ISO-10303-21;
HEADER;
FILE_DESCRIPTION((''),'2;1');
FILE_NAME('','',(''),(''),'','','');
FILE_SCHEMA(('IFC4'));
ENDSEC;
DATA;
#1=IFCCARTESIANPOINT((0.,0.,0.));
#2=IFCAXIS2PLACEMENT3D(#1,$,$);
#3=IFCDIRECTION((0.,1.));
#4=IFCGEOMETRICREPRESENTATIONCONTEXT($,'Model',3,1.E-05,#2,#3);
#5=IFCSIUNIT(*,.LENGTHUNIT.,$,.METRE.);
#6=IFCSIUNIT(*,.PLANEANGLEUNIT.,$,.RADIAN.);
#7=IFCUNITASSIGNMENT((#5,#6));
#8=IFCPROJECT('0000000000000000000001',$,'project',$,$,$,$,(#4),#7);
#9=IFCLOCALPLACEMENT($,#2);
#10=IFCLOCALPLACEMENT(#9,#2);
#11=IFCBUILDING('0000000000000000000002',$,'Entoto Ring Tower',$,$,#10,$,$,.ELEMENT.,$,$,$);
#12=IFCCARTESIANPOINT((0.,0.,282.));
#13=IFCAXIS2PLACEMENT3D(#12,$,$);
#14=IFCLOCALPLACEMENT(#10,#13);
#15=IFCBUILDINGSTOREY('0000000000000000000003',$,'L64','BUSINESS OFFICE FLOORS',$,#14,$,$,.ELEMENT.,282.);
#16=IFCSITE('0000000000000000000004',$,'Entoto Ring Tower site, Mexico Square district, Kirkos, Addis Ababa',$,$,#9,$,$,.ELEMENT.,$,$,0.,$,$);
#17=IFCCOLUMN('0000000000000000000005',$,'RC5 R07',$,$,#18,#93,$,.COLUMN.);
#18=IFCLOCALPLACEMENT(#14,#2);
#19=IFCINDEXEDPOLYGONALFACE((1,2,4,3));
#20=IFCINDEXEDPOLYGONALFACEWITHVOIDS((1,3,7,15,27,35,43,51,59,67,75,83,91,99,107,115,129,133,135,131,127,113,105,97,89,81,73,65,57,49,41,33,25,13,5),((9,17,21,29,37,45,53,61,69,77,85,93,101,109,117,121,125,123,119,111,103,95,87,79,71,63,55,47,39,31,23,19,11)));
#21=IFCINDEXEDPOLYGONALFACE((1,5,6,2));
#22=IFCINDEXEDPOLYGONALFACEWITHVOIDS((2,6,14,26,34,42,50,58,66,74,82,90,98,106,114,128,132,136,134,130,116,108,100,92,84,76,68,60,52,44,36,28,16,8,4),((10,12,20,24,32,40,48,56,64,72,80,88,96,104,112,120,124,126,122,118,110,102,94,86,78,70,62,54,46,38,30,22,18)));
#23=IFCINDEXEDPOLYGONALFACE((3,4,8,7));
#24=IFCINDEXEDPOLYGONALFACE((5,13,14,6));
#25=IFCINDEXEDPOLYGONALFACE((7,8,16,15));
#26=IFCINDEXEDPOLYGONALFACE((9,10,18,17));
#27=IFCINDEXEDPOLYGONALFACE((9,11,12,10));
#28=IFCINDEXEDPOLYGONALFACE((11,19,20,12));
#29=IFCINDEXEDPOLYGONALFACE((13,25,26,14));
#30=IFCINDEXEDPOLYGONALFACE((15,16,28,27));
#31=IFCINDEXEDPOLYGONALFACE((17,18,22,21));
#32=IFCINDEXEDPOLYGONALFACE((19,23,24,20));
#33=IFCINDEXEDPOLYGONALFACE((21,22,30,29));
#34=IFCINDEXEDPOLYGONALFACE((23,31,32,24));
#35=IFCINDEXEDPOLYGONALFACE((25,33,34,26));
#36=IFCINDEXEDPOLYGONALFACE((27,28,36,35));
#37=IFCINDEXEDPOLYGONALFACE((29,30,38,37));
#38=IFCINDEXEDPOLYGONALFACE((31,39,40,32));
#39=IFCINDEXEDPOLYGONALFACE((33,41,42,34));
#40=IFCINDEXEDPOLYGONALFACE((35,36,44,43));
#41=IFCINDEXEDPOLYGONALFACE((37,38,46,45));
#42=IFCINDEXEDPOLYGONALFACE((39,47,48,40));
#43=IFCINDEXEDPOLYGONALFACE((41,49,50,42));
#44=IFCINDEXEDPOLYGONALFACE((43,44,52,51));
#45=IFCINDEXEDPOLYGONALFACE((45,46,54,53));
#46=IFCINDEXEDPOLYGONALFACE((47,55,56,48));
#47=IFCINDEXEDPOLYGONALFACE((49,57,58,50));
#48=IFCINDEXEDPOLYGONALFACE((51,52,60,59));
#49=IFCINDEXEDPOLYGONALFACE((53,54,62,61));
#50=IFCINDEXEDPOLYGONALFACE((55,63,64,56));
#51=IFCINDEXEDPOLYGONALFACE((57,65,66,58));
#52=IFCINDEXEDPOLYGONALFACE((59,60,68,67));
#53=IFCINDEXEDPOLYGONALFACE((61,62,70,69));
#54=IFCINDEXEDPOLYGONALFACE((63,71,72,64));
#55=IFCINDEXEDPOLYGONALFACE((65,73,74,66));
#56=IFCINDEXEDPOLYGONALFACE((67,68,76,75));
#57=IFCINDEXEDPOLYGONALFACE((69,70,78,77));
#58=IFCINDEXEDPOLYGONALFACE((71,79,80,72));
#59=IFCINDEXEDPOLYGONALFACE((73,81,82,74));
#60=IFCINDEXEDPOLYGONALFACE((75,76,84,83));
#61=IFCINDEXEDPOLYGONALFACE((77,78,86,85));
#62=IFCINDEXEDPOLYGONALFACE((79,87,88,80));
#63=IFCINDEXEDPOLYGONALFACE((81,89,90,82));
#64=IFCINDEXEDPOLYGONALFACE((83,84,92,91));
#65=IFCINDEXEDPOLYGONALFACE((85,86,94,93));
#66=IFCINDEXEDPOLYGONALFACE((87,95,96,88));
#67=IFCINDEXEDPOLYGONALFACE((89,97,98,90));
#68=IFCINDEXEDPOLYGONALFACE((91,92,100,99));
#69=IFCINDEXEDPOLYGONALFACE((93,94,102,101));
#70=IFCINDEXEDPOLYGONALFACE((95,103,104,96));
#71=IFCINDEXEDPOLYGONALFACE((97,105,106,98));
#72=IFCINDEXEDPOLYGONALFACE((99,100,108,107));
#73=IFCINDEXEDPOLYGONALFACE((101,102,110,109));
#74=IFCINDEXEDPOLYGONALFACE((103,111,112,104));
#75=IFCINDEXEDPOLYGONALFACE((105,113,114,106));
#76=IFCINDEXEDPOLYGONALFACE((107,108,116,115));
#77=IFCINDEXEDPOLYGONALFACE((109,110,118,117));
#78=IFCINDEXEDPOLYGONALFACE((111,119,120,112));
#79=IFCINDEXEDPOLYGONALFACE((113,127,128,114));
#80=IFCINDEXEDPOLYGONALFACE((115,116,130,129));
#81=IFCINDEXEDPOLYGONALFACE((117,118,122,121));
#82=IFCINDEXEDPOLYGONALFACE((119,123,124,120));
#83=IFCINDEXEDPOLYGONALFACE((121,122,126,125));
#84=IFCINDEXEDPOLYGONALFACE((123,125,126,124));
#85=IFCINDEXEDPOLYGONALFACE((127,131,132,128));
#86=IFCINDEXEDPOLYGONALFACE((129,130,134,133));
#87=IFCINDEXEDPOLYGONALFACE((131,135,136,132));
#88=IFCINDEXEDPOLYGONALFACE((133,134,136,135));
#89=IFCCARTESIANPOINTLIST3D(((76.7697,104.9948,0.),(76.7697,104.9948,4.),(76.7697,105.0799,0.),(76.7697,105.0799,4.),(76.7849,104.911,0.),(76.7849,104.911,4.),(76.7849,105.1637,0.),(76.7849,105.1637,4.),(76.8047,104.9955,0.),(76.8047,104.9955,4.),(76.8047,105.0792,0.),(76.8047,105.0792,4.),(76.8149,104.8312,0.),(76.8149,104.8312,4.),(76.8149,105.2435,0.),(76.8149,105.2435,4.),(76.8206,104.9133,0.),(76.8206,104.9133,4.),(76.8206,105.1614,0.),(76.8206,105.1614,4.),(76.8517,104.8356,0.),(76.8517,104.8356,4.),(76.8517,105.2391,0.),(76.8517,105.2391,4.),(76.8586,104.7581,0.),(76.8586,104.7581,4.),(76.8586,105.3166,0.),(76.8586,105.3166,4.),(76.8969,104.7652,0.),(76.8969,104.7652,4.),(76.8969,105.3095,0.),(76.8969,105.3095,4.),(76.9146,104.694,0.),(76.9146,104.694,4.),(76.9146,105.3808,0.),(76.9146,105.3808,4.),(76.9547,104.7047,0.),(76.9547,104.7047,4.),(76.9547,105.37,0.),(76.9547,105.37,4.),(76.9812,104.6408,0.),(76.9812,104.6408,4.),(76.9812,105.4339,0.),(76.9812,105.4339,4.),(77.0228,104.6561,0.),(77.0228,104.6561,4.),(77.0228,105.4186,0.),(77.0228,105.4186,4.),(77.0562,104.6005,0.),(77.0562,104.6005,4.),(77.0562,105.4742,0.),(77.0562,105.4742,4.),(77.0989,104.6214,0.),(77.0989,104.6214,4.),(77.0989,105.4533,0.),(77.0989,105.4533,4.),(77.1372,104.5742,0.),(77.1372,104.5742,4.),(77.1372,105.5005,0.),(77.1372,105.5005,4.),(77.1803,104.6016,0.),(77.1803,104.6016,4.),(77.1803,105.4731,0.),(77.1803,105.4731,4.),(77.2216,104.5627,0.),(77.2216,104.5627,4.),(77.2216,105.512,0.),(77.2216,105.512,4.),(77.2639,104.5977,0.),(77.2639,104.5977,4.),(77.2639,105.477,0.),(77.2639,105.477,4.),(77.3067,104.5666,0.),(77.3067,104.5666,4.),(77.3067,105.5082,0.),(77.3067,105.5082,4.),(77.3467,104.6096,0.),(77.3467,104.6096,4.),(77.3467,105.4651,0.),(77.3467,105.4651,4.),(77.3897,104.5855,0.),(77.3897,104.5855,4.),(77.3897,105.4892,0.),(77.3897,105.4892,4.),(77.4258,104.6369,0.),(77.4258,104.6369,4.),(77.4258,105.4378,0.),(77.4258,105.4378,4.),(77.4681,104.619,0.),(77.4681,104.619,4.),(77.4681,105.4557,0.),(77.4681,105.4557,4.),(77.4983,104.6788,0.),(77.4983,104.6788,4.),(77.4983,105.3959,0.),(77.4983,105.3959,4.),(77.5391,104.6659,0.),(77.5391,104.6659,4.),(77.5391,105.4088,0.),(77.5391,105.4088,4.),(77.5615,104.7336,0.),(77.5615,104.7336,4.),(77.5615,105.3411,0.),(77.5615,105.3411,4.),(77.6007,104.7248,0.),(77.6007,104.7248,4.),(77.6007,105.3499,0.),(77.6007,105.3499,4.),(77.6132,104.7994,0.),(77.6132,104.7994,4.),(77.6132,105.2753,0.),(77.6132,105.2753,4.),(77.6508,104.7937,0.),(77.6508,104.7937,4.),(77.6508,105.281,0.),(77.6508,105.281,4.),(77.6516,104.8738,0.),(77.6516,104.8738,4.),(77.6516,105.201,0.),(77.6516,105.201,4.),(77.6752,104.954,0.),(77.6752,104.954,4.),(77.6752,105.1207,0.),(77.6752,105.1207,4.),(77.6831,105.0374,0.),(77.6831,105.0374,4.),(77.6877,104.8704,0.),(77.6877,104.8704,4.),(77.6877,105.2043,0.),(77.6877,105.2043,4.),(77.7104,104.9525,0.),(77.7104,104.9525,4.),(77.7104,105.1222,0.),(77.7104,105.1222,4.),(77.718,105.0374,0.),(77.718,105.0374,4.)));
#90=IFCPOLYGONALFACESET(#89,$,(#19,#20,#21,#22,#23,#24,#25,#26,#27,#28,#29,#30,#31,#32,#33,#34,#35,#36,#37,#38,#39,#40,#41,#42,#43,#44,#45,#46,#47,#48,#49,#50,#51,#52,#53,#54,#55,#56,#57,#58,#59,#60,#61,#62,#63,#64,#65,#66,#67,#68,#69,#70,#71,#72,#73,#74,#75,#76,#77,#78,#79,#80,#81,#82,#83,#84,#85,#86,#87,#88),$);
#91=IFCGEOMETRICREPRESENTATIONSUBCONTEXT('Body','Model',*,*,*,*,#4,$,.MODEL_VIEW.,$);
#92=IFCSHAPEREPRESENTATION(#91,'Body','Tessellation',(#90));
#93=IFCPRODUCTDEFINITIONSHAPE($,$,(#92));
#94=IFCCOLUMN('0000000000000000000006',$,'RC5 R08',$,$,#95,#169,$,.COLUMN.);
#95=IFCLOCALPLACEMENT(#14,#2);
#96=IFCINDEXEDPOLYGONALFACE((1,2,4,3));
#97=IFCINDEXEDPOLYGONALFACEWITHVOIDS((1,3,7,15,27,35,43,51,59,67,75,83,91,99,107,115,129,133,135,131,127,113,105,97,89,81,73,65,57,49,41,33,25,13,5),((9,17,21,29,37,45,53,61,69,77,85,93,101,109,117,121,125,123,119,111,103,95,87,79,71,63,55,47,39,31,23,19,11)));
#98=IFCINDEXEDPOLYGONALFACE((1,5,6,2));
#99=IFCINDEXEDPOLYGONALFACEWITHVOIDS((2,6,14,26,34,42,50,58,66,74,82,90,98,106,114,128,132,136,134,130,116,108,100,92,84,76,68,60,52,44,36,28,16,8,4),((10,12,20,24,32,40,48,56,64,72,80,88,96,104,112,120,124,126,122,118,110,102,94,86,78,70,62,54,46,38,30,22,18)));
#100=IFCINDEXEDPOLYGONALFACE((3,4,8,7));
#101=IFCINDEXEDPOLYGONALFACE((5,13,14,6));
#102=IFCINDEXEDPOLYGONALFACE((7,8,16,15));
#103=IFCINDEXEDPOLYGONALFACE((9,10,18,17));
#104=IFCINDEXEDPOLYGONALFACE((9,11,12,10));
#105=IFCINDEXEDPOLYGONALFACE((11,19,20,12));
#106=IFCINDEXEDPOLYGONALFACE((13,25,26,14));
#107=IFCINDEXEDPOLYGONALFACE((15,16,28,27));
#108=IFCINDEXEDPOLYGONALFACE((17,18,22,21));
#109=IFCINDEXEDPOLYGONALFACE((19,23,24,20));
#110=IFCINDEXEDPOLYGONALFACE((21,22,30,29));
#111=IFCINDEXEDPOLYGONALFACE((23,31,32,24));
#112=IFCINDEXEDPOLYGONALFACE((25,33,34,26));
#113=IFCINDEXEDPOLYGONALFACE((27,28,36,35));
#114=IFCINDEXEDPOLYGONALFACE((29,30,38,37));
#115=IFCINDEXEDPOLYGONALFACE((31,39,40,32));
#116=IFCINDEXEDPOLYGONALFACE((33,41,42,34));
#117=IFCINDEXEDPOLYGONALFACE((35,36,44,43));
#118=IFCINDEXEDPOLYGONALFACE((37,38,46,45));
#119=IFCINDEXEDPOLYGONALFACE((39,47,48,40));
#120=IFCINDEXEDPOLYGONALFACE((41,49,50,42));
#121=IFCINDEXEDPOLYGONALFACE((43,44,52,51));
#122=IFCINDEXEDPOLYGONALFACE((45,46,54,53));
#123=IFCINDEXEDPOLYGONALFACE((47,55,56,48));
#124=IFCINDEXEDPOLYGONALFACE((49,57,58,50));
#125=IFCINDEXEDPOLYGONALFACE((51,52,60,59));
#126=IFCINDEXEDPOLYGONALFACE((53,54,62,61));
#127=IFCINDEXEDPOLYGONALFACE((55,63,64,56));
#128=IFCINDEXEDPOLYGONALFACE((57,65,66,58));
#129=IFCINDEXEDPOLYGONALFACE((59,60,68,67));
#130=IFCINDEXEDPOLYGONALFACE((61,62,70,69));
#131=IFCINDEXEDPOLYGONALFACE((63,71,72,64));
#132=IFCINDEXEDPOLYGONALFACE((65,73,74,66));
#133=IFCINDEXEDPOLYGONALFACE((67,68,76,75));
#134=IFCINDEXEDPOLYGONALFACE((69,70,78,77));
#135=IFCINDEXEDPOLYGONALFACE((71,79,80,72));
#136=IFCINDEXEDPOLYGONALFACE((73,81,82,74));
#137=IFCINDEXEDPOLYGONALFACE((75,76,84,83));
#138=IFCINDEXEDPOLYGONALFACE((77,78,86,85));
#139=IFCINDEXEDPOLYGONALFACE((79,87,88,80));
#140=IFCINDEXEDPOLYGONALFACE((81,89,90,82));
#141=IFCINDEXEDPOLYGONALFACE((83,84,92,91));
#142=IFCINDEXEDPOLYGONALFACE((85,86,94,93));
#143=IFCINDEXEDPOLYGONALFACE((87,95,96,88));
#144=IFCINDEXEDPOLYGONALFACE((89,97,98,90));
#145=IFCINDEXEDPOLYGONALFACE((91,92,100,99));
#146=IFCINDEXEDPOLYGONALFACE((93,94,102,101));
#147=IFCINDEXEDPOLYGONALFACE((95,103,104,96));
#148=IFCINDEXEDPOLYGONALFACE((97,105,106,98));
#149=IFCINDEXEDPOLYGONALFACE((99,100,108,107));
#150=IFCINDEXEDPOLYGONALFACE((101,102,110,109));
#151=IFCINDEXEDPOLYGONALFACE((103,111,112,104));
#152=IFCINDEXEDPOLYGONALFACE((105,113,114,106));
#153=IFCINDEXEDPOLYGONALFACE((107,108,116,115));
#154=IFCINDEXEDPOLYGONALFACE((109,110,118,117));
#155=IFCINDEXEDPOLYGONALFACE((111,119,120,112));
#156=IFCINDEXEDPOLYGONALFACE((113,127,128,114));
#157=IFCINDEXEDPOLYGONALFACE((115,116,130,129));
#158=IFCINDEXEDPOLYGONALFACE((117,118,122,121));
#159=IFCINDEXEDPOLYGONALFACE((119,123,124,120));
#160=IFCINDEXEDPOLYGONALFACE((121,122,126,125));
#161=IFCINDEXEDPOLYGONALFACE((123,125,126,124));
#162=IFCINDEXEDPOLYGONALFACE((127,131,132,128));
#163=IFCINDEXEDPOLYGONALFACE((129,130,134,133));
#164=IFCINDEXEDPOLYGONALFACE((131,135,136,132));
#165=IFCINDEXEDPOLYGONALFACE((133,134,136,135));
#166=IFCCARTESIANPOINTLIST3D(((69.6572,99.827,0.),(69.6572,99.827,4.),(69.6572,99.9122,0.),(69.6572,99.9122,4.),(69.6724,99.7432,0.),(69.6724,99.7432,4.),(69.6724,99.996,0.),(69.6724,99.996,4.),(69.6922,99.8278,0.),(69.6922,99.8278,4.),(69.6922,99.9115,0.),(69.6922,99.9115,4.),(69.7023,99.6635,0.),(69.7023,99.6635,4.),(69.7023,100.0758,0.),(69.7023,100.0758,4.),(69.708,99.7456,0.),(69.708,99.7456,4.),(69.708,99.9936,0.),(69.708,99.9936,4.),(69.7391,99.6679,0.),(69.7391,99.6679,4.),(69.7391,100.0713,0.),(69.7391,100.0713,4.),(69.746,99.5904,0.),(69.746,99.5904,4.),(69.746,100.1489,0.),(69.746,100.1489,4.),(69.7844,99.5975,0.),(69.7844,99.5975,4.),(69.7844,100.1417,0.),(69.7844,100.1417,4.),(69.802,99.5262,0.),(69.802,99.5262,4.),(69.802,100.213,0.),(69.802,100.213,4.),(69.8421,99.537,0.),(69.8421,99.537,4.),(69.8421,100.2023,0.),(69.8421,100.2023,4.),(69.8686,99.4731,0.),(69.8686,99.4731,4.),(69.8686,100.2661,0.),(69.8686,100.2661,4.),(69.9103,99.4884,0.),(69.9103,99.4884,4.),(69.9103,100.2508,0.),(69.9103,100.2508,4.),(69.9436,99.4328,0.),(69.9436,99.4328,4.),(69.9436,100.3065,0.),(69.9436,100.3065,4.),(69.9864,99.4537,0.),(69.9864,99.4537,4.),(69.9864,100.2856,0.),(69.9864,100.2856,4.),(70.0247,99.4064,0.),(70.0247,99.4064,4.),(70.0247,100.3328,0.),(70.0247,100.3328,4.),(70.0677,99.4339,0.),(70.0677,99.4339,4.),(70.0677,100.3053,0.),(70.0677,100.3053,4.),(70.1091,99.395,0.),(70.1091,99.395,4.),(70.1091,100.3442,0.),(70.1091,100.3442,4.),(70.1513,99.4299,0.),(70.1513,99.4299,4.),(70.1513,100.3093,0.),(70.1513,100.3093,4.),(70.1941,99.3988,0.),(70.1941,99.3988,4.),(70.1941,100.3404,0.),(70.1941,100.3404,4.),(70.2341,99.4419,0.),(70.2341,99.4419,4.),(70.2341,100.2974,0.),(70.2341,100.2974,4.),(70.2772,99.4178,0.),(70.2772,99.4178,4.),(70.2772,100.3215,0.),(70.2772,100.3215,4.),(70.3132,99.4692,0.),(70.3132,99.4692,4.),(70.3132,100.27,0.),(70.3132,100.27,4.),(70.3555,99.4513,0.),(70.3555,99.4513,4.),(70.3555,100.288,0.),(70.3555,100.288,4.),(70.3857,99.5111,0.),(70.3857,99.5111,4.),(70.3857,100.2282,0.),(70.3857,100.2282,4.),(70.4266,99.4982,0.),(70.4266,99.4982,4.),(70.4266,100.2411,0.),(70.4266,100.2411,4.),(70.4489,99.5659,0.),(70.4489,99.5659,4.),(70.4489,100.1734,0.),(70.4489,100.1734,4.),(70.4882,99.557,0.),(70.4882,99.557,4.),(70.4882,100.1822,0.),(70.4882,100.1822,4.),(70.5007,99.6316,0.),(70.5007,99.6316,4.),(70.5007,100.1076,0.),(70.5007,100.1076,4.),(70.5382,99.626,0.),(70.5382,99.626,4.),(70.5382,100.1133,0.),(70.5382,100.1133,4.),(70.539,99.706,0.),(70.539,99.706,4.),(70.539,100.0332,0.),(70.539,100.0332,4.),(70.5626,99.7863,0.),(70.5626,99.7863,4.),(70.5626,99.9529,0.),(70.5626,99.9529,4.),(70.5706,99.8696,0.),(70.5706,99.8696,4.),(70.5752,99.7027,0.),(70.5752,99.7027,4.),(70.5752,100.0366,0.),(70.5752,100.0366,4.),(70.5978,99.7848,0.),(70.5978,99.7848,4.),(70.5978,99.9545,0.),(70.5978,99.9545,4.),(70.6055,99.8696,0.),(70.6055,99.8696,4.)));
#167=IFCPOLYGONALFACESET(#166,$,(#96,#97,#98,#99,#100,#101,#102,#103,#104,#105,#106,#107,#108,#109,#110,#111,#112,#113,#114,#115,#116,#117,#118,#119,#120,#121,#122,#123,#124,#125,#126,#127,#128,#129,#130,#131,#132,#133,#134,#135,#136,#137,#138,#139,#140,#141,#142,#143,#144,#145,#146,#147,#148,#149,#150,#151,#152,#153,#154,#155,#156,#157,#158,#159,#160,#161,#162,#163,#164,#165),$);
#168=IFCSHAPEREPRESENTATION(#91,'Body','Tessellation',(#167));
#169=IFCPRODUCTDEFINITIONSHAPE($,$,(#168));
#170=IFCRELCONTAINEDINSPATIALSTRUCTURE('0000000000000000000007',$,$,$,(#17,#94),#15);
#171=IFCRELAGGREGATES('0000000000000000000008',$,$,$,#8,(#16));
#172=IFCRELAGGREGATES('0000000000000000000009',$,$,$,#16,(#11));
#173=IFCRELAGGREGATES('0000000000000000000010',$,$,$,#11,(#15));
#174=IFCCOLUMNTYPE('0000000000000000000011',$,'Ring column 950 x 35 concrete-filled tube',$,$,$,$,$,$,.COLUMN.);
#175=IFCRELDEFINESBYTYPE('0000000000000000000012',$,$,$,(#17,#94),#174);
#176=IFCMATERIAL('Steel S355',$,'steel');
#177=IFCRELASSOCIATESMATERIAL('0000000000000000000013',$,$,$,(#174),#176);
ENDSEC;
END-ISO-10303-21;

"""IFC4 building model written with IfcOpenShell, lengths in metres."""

from ifc_helpers import new_model, si_unit, direction, frame, origin, origin_2d, place, context, subcontext, project, spatial, circle, hollow_circle, extrude, material, material_profile, profile_set, type_object, element, save


model = new_model("IFC4")

# Units and contexts
model_context = context("Model", 3, precision=1e-05, world=origin(), true_north=direction((0.0, 1.0)))
body_context = subcontext(model_context, "Body", "Model", "MODEL_VIEW")
ifc_project = project(units=[si_unit("LENGTHUNIT", "METRE"), si_unit("PLANEANGLEUNIT", "RADIAN")], contexts=[model_context])

# Site, building, storey
site_placement = place(None, origin())
site = spatial("IfcSite", under=ifc_project, at=site_placement, Name="Entoto Ring Tower site, Mexico Square district, Kirkos, Addis Ababa", CompositionType="ELEMENT", RefElevation=0.0)
building_placement = place(site_placement, origin())
building = spatial("IfcBuilding", under=site, at=building_placement, Name="Entoto Ring Tower", CompositionType="ELEMENT")
storey_placement = place(building_placement, frame((0.0, 0.0, 282.0)))
storey = spatial("IfcBuildingStorey", under=building, at=storey_placement, Name="L64", Description="BUSINESS OFFICE FLOORS", CompositionType="ELEMENT", Elevation=282.0)

# Columns
ifc_material_1 = material(Name="Steel S355", Category="steel")
ifc_material_profile_1 = material_profile(ifc_material_1, hollow_circle(Radius=0.4751, WallThickness=0.0349, at=origin_2d()), Name="CHS 950 x 35")
ifc_material_2 = material(Name="Concrete C60/75", Category="concrete")
ifc_material_profile_2 = material_profile(ifc_material_2, circle(Radius=0.4399, at=origin_2d()), Name="Concrete C60/75 infill")
ifc_profile_set_1 = profile_set([ifc_material_profile_1, ifc_material_profile_2], Name="Steel S355")
column_type = type_object("IfcColumnType", Name="Ring column 950 x 35 concrete-filled tube", PredefinedType="COLUMN", material=ifc_profile_set_1)
for number, where, z_axis, x_axis, name in (
    (1, (77.2429, 105.0374, 0.0), (0.0, 0.0, 1.0), (1.0, 0.0, 0.0), "RC5 R07"),
    (2, (70.1304, 99.8696, 0.0), (0.0, 0.0, 1.0), (1.0, 0.0, 0.0), "RC5 R08"),
):
    element("IfcColumn", number, at=place(storey_placement, frame(where, z_axis=z_axis, x_axis=x_axis)), inside=storey, type_object=column_type, Name=name, PredefinedType="COLUMN", context=body_context, shape_type="SweptSolid", body=[
        extrude(hollow_circle(Radius=0.4751, WallThickness=0.0349, at=origin_2d()), origin(), (0.0, 0.0, 1.0), 4.0),
    ])

save(model, "model.ifc")
